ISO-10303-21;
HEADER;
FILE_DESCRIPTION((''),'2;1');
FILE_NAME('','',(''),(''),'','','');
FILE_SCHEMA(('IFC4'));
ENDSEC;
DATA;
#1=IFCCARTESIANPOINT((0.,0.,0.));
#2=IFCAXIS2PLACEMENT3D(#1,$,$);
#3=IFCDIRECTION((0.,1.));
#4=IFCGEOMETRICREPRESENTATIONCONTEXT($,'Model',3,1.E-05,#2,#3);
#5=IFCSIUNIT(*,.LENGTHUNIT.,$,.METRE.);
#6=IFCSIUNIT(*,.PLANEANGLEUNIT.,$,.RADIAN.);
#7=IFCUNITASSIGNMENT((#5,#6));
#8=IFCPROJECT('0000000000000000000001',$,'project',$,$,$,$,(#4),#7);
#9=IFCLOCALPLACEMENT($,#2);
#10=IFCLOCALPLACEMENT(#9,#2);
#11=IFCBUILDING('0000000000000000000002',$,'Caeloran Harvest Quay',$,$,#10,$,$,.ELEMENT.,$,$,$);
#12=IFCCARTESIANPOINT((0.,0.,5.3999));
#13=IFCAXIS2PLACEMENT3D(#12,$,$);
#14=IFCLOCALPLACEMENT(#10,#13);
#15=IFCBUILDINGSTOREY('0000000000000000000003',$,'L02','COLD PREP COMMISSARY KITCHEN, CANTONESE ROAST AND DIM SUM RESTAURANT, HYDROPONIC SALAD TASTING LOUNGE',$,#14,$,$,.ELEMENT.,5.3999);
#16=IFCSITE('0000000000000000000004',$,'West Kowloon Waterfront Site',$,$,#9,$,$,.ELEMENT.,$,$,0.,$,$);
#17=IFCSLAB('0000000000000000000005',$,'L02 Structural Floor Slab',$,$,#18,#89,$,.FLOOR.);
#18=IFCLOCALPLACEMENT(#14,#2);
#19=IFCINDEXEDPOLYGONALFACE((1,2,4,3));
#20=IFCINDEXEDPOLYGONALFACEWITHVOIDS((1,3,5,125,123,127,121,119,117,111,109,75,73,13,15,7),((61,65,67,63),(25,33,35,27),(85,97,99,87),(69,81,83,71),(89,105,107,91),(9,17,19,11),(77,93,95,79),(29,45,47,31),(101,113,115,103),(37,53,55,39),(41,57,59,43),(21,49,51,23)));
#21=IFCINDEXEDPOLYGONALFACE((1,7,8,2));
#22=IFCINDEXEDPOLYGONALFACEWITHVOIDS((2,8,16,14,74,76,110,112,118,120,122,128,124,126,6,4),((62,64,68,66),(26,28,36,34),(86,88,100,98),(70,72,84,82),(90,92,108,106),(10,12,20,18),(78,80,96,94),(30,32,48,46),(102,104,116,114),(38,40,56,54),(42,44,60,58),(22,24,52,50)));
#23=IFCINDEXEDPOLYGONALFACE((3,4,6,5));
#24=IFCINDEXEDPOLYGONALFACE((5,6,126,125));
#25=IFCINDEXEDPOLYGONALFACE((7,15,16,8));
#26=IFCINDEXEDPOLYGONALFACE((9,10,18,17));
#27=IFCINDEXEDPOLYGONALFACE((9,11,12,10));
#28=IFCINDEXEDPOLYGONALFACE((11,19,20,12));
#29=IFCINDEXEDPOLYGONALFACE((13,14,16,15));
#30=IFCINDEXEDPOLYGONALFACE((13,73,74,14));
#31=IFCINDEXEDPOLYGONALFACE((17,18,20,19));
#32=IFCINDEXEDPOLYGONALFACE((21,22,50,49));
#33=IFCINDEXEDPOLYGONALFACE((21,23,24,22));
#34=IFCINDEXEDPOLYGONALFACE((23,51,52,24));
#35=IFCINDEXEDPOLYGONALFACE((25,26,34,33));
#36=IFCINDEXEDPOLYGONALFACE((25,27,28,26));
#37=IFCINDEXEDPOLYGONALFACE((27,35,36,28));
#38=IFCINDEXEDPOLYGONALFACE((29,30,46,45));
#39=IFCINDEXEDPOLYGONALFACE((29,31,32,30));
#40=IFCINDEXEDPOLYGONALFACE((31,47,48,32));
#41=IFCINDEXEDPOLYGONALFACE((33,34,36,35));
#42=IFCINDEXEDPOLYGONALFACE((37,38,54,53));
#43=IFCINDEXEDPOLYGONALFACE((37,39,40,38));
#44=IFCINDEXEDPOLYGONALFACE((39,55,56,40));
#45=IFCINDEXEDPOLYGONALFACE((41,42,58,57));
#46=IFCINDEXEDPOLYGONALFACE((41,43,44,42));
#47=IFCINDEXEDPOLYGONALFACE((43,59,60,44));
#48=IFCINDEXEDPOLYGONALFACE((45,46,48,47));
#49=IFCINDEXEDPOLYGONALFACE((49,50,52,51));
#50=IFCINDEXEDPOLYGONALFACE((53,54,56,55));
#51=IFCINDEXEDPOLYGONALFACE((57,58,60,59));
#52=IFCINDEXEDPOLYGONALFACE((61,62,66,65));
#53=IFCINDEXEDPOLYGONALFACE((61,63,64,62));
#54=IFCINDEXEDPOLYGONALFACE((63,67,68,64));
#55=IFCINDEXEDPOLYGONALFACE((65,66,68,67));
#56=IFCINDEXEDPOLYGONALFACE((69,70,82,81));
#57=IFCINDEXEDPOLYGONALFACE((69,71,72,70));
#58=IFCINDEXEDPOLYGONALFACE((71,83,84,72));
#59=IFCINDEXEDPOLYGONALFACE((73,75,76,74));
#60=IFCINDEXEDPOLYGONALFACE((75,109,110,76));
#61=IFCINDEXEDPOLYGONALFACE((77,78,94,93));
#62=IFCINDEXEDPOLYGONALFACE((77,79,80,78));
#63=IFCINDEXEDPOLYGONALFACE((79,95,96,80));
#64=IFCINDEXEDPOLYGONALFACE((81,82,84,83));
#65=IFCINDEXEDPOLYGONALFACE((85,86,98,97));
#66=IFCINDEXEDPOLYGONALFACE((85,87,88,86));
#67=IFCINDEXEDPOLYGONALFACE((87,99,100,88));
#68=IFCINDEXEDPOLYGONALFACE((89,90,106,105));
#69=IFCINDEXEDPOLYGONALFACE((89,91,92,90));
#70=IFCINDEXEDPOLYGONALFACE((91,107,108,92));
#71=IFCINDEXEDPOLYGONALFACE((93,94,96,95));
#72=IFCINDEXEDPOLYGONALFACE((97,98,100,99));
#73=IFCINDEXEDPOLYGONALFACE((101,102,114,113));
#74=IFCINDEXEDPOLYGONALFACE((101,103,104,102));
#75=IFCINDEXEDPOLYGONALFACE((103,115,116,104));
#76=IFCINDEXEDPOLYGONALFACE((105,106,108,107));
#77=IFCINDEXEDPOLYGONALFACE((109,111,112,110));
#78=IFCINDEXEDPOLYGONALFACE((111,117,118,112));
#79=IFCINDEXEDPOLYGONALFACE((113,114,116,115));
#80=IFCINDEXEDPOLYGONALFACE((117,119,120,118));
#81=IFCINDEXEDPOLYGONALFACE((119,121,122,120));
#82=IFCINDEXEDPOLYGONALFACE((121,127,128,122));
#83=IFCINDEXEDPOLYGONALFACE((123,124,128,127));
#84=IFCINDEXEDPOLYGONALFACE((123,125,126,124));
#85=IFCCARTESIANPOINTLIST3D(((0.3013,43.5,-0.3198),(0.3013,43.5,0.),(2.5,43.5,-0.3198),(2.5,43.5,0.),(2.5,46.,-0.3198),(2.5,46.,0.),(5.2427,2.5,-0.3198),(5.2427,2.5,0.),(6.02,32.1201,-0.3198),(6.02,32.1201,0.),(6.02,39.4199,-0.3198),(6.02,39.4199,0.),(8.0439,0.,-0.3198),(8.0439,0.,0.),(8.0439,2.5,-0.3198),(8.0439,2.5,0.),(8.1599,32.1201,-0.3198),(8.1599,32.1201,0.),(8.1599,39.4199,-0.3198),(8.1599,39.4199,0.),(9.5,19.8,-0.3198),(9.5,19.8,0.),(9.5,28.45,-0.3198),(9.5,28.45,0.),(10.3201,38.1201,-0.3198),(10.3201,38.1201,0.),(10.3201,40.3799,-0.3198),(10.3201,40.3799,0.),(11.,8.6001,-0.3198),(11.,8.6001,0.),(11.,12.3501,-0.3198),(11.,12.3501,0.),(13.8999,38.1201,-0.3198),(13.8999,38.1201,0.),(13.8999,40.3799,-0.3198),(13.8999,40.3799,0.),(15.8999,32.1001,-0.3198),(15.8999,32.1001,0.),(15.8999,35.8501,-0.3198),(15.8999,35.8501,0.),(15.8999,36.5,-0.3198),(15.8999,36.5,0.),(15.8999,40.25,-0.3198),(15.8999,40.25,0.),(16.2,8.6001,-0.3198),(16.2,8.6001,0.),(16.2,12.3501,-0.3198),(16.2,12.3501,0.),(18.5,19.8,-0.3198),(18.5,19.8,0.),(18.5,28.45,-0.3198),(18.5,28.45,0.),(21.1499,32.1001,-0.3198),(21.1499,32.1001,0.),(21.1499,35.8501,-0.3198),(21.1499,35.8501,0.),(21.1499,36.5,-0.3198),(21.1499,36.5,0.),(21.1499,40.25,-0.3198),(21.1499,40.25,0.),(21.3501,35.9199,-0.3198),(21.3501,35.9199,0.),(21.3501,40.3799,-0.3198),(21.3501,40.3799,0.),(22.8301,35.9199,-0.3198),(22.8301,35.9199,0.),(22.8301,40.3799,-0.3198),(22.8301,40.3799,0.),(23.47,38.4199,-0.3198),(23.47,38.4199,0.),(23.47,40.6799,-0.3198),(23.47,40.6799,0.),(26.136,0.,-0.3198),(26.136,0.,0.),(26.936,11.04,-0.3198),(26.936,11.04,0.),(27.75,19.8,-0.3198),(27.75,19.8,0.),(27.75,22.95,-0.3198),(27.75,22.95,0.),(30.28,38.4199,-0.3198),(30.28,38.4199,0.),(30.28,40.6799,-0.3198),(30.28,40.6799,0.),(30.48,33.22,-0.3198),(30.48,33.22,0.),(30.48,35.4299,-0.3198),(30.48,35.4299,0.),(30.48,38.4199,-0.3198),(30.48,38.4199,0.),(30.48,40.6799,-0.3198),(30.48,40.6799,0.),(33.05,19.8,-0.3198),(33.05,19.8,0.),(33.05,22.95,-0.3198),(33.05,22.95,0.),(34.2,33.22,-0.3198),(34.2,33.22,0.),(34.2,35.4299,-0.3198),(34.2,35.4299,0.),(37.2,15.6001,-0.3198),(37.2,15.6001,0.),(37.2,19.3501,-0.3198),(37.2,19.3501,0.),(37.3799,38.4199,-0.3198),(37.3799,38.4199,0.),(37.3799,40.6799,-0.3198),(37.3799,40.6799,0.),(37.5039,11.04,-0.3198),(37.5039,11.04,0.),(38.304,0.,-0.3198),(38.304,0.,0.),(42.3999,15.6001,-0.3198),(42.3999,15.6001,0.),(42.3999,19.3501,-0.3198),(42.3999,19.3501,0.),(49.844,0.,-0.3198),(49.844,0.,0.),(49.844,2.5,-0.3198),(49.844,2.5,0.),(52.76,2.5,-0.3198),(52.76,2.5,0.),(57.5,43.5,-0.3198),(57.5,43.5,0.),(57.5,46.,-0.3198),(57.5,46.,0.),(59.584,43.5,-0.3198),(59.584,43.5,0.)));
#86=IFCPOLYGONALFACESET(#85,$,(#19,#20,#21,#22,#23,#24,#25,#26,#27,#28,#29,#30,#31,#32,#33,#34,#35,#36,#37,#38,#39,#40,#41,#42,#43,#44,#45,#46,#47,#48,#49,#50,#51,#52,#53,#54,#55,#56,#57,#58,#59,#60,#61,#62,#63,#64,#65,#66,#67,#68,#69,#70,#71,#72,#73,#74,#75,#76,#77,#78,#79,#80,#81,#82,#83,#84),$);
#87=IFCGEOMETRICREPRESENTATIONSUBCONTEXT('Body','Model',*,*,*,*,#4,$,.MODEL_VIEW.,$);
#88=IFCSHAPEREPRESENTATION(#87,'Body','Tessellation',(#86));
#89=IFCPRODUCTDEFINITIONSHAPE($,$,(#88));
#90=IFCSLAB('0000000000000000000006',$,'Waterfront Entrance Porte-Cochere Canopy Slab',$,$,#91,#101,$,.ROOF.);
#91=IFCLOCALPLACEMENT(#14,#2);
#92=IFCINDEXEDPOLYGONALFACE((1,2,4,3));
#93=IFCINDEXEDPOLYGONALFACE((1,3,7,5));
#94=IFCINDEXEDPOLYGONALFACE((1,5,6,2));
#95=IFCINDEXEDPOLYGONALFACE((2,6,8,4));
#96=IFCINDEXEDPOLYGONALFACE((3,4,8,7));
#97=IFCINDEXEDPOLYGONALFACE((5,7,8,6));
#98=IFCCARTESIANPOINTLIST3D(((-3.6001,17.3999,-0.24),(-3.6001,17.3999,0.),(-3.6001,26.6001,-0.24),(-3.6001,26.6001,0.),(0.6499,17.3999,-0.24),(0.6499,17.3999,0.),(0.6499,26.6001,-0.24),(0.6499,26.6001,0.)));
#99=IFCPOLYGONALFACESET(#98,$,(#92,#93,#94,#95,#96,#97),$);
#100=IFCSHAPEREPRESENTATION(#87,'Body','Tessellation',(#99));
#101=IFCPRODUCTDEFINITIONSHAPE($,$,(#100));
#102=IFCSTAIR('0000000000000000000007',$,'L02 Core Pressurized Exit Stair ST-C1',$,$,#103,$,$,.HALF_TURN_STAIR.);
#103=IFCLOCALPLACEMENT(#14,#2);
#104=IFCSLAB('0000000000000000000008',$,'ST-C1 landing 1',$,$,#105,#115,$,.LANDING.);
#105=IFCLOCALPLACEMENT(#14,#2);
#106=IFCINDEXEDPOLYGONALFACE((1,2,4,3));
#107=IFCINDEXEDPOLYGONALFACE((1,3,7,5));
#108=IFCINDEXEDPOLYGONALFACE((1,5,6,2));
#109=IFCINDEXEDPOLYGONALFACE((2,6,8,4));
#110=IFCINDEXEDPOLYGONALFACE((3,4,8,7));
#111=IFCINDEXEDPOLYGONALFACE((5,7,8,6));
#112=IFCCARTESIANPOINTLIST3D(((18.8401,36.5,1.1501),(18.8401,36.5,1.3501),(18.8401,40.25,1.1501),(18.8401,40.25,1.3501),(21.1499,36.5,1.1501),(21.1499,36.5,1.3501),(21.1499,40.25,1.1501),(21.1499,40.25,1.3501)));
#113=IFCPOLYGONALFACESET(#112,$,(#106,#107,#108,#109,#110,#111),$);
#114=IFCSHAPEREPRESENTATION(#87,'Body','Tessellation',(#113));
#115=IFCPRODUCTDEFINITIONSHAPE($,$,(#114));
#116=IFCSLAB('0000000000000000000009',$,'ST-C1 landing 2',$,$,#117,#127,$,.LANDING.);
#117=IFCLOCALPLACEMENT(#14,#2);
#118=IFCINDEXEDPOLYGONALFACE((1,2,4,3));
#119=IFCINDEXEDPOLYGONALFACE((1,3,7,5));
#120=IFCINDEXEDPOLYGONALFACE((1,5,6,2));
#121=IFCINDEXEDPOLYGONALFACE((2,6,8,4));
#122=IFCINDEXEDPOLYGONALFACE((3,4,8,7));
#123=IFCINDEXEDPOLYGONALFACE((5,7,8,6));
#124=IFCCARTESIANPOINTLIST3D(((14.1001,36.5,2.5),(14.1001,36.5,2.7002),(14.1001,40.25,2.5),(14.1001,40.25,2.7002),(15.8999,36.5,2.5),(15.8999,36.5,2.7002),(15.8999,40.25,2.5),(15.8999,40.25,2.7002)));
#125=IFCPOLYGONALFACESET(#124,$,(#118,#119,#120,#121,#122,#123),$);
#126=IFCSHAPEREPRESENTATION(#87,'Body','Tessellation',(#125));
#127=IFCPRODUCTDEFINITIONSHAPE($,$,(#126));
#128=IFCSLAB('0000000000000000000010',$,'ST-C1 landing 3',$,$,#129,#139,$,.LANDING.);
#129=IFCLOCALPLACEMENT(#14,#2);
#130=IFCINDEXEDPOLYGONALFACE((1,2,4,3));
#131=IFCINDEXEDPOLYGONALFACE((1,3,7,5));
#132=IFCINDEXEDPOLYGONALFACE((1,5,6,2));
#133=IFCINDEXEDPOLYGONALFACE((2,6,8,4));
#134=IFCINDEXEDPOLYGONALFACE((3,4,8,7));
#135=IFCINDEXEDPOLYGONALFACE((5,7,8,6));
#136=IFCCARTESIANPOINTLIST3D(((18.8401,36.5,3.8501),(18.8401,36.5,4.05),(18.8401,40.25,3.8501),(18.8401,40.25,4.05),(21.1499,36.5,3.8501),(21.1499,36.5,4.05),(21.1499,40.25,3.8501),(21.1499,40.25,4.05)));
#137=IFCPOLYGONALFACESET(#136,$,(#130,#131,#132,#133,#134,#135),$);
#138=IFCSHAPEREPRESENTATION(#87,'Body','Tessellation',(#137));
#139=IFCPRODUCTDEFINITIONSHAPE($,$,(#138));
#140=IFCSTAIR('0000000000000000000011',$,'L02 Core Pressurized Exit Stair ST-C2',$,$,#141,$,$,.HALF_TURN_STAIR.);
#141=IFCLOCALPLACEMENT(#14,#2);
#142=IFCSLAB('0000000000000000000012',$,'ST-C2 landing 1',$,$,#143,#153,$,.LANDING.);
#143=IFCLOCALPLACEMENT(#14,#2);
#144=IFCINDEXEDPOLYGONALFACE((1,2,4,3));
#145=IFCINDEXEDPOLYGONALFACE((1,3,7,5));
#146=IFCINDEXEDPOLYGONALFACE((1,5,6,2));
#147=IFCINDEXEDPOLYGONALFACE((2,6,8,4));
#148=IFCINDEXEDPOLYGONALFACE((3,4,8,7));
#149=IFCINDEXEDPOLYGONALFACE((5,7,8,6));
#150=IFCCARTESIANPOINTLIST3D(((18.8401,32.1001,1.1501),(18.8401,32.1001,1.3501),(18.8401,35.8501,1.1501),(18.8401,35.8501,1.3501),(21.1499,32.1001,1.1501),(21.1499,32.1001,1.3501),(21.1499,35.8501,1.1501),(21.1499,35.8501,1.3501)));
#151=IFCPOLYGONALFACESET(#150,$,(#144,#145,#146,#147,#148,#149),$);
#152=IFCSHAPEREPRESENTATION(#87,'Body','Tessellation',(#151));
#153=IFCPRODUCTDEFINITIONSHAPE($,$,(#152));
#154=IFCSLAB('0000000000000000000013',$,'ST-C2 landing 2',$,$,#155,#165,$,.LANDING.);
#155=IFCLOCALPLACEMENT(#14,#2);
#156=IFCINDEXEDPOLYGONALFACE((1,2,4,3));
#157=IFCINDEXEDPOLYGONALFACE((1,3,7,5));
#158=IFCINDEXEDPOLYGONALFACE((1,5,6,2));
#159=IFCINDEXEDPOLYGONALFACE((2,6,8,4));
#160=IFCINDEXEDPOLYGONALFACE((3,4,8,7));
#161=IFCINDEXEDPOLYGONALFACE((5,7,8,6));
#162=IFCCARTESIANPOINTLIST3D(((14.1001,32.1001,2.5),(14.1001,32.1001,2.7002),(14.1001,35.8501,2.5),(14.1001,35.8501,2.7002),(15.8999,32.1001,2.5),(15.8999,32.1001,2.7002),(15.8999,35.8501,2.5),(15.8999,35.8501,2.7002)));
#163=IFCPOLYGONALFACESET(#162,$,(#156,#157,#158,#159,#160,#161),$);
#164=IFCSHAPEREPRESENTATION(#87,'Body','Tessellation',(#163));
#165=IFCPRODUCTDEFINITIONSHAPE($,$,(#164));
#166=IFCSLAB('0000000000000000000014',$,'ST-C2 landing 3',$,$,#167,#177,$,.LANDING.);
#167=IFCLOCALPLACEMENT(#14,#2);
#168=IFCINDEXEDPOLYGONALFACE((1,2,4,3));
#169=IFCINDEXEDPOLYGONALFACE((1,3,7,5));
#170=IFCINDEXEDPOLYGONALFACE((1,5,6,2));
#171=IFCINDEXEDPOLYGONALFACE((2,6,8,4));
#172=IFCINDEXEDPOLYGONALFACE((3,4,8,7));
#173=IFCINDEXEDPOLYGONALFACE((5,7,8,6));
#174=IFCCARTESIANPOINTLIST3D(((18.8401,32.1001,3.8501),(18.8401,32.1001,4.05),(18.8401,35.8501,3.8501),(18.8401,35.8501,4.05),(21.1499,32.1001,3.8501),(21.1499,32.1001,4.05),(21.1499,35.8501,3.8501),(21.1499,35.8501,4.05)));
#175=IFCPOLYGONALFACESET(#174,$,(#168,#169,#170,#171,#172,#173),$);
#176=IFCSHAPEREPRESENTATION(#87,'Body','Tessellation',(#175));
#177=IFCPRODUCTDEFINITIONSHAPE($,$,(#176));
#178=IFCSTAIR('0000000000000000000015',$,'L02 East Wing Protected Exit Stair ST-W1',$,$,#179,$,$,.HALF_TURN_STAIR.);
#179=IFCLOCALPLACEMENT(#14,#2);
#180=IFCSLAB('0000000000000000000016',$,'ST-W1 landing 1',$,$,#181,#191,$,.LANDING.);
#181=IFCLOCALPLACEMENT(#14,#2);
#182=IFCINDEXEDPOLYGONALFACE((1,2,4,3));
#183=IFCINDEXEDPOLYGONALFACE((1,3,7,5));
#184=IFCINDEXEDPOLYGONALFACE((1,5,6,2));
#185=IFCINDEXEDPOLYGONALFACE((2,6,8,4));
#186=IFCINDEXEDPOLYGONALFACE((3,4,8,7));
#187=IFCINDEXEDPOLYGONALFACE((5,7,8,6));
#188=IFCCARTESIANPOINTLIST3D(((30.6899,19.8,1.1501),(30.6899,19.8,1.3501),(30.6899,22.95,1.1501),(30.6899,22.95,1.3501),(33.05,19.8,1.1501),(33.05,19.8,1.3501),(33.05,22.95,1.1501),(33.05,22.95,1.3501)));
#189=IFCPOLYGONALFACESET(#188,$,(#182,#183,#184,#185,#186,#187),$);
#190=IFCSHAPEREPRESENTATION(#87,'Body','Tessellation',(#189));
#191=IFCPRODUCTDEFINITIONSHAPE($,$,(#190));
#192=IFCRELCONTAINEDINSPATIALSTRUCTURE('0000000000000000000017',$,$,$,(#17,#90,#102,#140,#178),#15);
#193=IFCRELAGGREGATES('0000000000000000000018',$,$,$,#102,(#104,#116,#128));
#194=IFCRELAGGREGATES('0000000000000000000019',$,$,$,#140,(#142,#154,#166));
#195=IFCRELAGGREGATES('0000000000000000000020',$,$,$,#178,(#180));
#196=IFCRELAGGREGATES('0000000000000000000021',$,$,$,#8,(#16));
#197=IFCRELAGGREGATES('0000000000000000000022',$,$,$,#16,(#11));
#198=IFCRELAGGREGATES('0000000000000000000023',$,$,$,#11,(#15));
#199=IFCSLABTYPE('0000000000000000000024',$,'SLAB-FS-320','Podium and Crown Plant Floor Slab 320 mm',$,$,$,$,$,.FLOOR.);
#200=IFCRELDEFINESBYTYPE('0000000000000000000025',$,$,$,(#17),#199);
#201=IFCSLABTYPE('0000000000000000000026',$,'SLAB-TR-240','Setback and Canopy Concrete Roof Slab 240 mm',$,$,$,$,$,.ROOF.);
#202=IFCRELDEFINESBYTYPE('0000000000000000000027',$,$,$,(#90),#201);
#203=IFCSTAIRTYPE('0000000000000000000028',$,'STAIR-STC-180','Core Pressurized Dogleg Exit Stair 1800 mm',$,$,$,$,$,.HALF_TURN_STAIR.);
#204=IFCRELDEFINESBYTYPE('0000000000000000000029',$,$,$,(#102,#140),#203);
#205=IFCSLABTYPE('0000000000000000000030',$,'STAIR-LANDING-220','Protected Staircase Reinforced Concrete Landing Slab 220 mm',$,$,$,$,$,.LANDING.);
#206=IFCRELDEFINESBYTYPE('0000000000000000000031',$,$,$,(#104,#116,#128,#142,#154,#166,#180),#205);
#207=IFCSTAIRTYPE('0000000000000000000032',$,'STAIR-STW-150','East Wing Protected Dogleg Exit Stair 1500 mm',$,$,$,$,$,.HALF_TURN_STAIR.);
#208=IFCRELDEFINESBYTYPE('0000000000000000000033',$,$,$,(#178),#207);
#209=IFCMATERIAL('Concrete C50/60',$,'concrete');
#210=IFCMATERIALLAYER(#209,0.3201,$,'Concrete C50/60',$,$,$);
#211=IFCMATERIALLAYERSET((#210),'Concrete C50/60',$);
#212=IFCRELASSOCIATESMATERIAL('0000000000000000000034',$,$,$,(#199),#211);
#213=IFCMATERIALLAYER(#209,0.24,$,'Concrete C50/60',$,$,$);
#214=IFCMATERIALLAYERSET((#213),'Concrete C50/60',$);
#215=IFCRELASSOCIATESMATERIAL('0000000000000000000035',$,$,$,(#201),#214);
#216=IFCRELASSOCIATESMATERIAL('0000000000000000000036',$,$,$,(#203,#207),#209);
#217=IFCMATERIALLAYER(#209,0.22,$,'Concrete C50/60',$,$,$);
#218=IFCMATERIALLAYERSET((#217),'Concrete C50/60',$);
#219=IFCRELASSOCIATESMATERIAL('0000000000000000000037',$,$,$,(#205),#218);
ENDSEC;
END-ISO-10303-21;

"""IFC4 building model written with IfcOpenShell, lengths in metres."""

from ifc_helpers import new_model, si_unit, direction, frame, origin, place, context, subcontext, project, spatial, polyline, outline, extrude, material, layer, layer_set, type_object, element, aggregate, save


model = new_model("IFC4")

# Units and contexts
model_context = context("Model", 3, precision=1e-05, world=origin(), true_north=direction((0.0, 1.0)))
body_context = subcontext(model_context, "Body", "Model", "MODEL_VIEW")
ifc_project = project(units=[si_unit("LENGTHUNIT", "METRE"), si_unit("PLANEANGLEUNIT", "RADIAN")], contexts=[model_context])

# Site, building, storey
site_placement = place(None, origin())
site = spatial("IfcSite", under=ifc_project, at=site_placement, Name="West Kowloon Waterfront Site", CompositionType="ELEMENT", RefElevation=0.0)
building_placement = place(site_placement, origin())
building = spatial("IfcBuilding", under=site, at=building_placement, Name="Caeloran Harvest Quay", CompositionType="ELEMENT")
storey_placement = place(building_placement, frame((0.0, 0.0, 5.3999)))
storey = spatial("IfcBuildingStorey", under=building, at=storey_placement, Name="L02", Description="COLD PREP COMMISSARY KITCHEN, CANTONESE ROAST AND DIM SUM RESTAURANT, HYDROPONIC SALAD TASTING LOUNGE", CompositionType="ELEMENT", Elevation=5.3999)

# Slabs
ifc_material_1 = material(Name="Concrete C50/60", Category="concrete")
ifc_layer_1 = layer(ifc_material_1, 0.3201, Name="Concrete C50/60")
ifc_layer_set_1 = layer_set([ifc_layer_1], Name="Concrete C50/60")
slab_type_1 = type_object("IfcSlabType", Name="SLAB-FS-320", Description="Podium and Crown Plant Floor Slab 320 mm", PredefinedType="FLOOR", material=ifc_layer_set_1)
slab_1_placement = place(storey_placement, frame((0.0, 0.0, -0.3198)))
element("IfcSlab", 1, at=slab_1_placement, inside=storey, type_object=slab_type_1, Name="L02 Structural Floor Slab", PredefinedType="FLOOR", context=body_context, shape_type="SweptSolid", body=[
    extrude(outline(polyline([(8.0439, 0.0), (26.136, 0.0), (26.936, 11.04), (37.5039, 11.04), (38.304, 0.0), (49.844, 0.0), (49.844, 2.5), (52.76, 2.5), (59.584, 43.5), (57.5, 43.5), (57.5, 46.0), (2.5, 46.0), (2.5, 43.5), (0.3013, 43.5), (5.2427, 2.5), (8.0439, 2.5), (8.0439, 0.0)]), holes=[polyline([(11.0, 8.6001), (11.0, 12.3501), (16.2, 12.3501), (16.2, 8.6001), (11.0, 8.6001)]), polyline([(9.5, 19.8), (9.5, 28.45), (18.5, 28.45), (18.5, 19.8), (9.5, 19.8)]), polyline([(15.8999, 35.8501), (21.1499, 35.8501), (21.1499, 32.1001), (15.8999, 32.1001), (15.8999, 35.8501)]), polyline([(8.1599, 32.1201), (6.02, 32.1201), (6.02, 39.4199), (8.1599, 39.4199), (8.1599, 32.1201)]), polyline([(15.8999, 40.25), (21.1499, 40.25), (21.1499, 36.5), (15.8999, 36.5), (15.8999, 40.25)]), polyline([(10.3201, 38.1201), (10.3201, 40.3799), (13.8999, 40.3799), (13.8999, 38.1201), (10.3201, 38.1201)]), polyline([(37.2, 15.6001), (37.2, 19.3501), (42.3999, 19.3501), (42.3999, 15.6001), (37.2, 15.6001)]), polyline([(27.75, 22.95), (33.05, 22.95), (33.05, 19.8), (27.75, 19.8), (27.75, 22.95)]), polyline([(30.48, 33.22), (30.48, 35.4299), (34.2, 35.4299), (34.2, 33.22), (30.48, 33.22)]), polyline([(22.8301, 35.9199), (21.3501, 35.9199), (21.3501, 40.3799), (22.8301, 40.3799), (22.8301, 35.9199)]), polyline([(23.47, 38.4199), (23.47, 40.6799), (30.28, 40.6799), (30.28, 38.4199), (23.47, 38.4199)]), polyline([(30.48, 38.4199), (30.48, 40.6799), (37.3799, 40.6799), (37.3799, 38.4199), (30.48, 38.4199)])]), origin(), (0.0, 0.0, 1.0), 0.3198),
])
ifc_layer_2 = layer(ifc_material_1, 0.24, Name="Concrete C50/60")
ifc_layer_set_2 = layer_set([ifc_layer_2], Name="Concrete C50/60")
slab_type_2 = type_object("IfcSlabType", Name="SLAB-TR-240", Description="Setback and Canopy Concrete Roof Slab 240 mm", PredefinedType="ROOF", material=ifc_layer_set_2)
slab_2_placement = place(storey_placement, frame((0.0, 0.0, -0.24)))
element("IfcSlab", 2, at=slab_2_placement, inside=storey, type_object=slab_type_2, Name="Waterfront Entrance Porte-Cochere Canopy Slab", PredefinedType="ROOF", context=body_context, shape_type="SweptSolid", body=[
    extrude(outline(polyline([(-3.6001, 17.3999), (0.6499, 17.3999), (0.6499, 26.6001), (-3.6001, 26.6001), (-3.6001, 17.3999)])), origin(), (0.0, 0.0, 1.0), 0.24),
])

# Stairs, slabs
stair_type_1 = type_object("IfcStairType", Name="STAIR-STC-180", Description="Core Pressurized Dogleg Exit Stair 1800 mm", PredefinedType="HALF_TURN_STAIR", material=ifc_material_1)
stair_1_placement = place(storey_placement, origin())
stair_1 = element("IfcStair", 3, at=stair_1_placement, inside=storey, type_object=stair_type_1, Name="L02 Core Pressurized Exit Stair ST-C1", PredefinedType="HALF_TURN_STAIR")
ifc_layer_3 = layer(ifc_material_1, 0.22, Name="Concrete C50/60")
ifc_layer_set_3 = layer_set([ifc_layer_3], Name="Concrete C50/60")
slab_type_3 = type_object("IfcSlabType", Name="STAIR-LANDING-220", Description="Protected Staircase Reinforced Concrete Landing Slab 220 mm", PredefinedType="LANDING", material=ifc_layer_set_3)
slab_3_placement = place(storey_placement, frame((0.0, 0.0, 1.1501)))
slab_3 = element("IfcSlab", 4, at=slab_3_placement, type_object=slab_type_3, Name="ST-C1 landing 1", PredefinedType="LANDING", context=body_context, shape_type="SweptSolid", body=[
    extrude(outline(polyline([(18.8401, 36.5), (21.1499, 36.5), (21.1499, 40.25), (18.8401, 40.25), (18.8401, 36.5)])), origin(), (0.0, 0.0, 1.0), 0.2),
])
slab_4_placement = place(storey_placement, frame((0.0, 0.0, 2.5)))
slab_4 = element("IfcSlab", 5, at=slab_4_placement, type_object=slab_type_3, Name="ST-C1 landing 2", PredefinedType="LANDING", context=body_context, shape_type="SweptSolid", body=[
    extrude(outline(polyline([(14.1001, 36.5), (15.8999, 36.5), (15.8999, 40.25), (14.1001, 40.25), (14.1001, 36.5)])), origin(), (0.0, 0.0, 1.0), 0.2002),
])
slab_5_placement = place(storey_placement, frame((0.0, 0.0, 3.8501)))
slab_5 = element("IfcSlab", 6, at=slab_5_placement, type_object=slab_type_3, Name="ST-C1 landing 3", PredefinedType="LANDING", context=body_context, shape_type="SweptSolid", body=[
    extrude(outline(polyline([(18.8401, 36.5), (21.1499, 36.5), (21.1499, 40.25), (18.8401, 40.25), (18.8401, 36.5)])), origin(), (0.0, 0.0, 1.0), 0.2),
])
aggregate(stair_1, [slab_3, slab_4, slab_5])
stair_2_placement = place(storey_placement, origin())
stair_2 = element("IfcStair", 7, at=stair_2_placement, inside=storey, type_object=stair_type_1, Name="L02 Core Pressurized Exit Stair ST-C2", PredefinedType="HALF_TURN_STAIR")
slab_6_placement = place(storey_placement, frame((0.0, 0.0, 1.1501)))
slab_6 = element("IfcSlab", 8, at=slab_6_placement, type_object=slab_type_3, Name="ST-C2 landing 1", PredefinedType="LANDING", context=body_context, shape_type="SweptSolid", body=[
    extrude(outline(polyline([(18.8401, 32.1001), (21.1499, 32.1001), (21.1499, 35.8501), (18.8401, 35.8501), (18.8401, 32.1001)])), origin(), (0.0, 0.0, 1.0), 0.2),
])
slab_7_placement = place(storey_placement, frame((0.0, 0.0, 2.5)))
slab_7 = element("IfcSlab", 9, at=slab_7_placement, type_object=slab_type_3, Name="ST-C2 landing 2", PredefinedType="LANDING", context=body_context, shape_type="SweptSolid", body=[
    extrude(outline(polyline([(14.1001, 32.1001), (15.8999, 32.1001), (15.8999, 35.8501), (14.1001, 35.8501), (14.1001, 32.1001)])), origin(), (0.0, 0.0, 1.0), 0.2002),
])
slab_8_placement = place(storey_placement, frame((0.0, 0.0, 3.8501)))
slab_8 = element("IfcSlab", 10, at=slab_8_placement, type_object=slab_type_3, Name="ST-C2 landing 3", PredefinedType="LANDING", context=body_context, shape_type="SweptSolid", body=[
    extrude(outline(polyline([(18.8401, 32.1001), (21.1499, 32.1001), (21.1499, 35.8501), (18.8401, 35.8501), (18.8401, 32.1001)])), origin(), (0.0, 0.0, 1.0), 0.2),
])
aggregate(stair_2, [slab_6, slab_7, slab_8])
stair_type_2 = type_object("IfcStairType", Name="STAIR-STW-150", Description="East Wing Protected Dogleg Exit Stair 1500 mm", PredefinedType="HALF_TURN_STAIR", material=ifc_material_1)
stair_3_placement = place(storey_placement, origin())
stair_3 = element("IfcStair", 11, at=stair_3_placement, inside=storey, type_object=stair_type_2, Name="L02 East Wing Protected Exit Stair ST-W1", PredefinedType="HALF_TURN_STAIR")
slab_9_placement = place(storey_placement, frame((0.0, 0.0, 1.1501)))
slab_9 = element("IfcSlab", 12, at=slab_9_placement, type_object=slab_type_3, Name="ST-W1 landing 1", PredefinedType="LANDING", context=body_context, shape_type="SweptSolid", body=[
    extrude(outline(polyline([(30.6899, 19.8), (33.05, 19.8), (33.05, 22.95), (30.6899, 22.95), (30.6899, 19.8)])), origin(), (0.0, 0.0, 1.0), 0.2),
])
aggregate(stair_3, [slab_9])

save(model, "model.ifc")
